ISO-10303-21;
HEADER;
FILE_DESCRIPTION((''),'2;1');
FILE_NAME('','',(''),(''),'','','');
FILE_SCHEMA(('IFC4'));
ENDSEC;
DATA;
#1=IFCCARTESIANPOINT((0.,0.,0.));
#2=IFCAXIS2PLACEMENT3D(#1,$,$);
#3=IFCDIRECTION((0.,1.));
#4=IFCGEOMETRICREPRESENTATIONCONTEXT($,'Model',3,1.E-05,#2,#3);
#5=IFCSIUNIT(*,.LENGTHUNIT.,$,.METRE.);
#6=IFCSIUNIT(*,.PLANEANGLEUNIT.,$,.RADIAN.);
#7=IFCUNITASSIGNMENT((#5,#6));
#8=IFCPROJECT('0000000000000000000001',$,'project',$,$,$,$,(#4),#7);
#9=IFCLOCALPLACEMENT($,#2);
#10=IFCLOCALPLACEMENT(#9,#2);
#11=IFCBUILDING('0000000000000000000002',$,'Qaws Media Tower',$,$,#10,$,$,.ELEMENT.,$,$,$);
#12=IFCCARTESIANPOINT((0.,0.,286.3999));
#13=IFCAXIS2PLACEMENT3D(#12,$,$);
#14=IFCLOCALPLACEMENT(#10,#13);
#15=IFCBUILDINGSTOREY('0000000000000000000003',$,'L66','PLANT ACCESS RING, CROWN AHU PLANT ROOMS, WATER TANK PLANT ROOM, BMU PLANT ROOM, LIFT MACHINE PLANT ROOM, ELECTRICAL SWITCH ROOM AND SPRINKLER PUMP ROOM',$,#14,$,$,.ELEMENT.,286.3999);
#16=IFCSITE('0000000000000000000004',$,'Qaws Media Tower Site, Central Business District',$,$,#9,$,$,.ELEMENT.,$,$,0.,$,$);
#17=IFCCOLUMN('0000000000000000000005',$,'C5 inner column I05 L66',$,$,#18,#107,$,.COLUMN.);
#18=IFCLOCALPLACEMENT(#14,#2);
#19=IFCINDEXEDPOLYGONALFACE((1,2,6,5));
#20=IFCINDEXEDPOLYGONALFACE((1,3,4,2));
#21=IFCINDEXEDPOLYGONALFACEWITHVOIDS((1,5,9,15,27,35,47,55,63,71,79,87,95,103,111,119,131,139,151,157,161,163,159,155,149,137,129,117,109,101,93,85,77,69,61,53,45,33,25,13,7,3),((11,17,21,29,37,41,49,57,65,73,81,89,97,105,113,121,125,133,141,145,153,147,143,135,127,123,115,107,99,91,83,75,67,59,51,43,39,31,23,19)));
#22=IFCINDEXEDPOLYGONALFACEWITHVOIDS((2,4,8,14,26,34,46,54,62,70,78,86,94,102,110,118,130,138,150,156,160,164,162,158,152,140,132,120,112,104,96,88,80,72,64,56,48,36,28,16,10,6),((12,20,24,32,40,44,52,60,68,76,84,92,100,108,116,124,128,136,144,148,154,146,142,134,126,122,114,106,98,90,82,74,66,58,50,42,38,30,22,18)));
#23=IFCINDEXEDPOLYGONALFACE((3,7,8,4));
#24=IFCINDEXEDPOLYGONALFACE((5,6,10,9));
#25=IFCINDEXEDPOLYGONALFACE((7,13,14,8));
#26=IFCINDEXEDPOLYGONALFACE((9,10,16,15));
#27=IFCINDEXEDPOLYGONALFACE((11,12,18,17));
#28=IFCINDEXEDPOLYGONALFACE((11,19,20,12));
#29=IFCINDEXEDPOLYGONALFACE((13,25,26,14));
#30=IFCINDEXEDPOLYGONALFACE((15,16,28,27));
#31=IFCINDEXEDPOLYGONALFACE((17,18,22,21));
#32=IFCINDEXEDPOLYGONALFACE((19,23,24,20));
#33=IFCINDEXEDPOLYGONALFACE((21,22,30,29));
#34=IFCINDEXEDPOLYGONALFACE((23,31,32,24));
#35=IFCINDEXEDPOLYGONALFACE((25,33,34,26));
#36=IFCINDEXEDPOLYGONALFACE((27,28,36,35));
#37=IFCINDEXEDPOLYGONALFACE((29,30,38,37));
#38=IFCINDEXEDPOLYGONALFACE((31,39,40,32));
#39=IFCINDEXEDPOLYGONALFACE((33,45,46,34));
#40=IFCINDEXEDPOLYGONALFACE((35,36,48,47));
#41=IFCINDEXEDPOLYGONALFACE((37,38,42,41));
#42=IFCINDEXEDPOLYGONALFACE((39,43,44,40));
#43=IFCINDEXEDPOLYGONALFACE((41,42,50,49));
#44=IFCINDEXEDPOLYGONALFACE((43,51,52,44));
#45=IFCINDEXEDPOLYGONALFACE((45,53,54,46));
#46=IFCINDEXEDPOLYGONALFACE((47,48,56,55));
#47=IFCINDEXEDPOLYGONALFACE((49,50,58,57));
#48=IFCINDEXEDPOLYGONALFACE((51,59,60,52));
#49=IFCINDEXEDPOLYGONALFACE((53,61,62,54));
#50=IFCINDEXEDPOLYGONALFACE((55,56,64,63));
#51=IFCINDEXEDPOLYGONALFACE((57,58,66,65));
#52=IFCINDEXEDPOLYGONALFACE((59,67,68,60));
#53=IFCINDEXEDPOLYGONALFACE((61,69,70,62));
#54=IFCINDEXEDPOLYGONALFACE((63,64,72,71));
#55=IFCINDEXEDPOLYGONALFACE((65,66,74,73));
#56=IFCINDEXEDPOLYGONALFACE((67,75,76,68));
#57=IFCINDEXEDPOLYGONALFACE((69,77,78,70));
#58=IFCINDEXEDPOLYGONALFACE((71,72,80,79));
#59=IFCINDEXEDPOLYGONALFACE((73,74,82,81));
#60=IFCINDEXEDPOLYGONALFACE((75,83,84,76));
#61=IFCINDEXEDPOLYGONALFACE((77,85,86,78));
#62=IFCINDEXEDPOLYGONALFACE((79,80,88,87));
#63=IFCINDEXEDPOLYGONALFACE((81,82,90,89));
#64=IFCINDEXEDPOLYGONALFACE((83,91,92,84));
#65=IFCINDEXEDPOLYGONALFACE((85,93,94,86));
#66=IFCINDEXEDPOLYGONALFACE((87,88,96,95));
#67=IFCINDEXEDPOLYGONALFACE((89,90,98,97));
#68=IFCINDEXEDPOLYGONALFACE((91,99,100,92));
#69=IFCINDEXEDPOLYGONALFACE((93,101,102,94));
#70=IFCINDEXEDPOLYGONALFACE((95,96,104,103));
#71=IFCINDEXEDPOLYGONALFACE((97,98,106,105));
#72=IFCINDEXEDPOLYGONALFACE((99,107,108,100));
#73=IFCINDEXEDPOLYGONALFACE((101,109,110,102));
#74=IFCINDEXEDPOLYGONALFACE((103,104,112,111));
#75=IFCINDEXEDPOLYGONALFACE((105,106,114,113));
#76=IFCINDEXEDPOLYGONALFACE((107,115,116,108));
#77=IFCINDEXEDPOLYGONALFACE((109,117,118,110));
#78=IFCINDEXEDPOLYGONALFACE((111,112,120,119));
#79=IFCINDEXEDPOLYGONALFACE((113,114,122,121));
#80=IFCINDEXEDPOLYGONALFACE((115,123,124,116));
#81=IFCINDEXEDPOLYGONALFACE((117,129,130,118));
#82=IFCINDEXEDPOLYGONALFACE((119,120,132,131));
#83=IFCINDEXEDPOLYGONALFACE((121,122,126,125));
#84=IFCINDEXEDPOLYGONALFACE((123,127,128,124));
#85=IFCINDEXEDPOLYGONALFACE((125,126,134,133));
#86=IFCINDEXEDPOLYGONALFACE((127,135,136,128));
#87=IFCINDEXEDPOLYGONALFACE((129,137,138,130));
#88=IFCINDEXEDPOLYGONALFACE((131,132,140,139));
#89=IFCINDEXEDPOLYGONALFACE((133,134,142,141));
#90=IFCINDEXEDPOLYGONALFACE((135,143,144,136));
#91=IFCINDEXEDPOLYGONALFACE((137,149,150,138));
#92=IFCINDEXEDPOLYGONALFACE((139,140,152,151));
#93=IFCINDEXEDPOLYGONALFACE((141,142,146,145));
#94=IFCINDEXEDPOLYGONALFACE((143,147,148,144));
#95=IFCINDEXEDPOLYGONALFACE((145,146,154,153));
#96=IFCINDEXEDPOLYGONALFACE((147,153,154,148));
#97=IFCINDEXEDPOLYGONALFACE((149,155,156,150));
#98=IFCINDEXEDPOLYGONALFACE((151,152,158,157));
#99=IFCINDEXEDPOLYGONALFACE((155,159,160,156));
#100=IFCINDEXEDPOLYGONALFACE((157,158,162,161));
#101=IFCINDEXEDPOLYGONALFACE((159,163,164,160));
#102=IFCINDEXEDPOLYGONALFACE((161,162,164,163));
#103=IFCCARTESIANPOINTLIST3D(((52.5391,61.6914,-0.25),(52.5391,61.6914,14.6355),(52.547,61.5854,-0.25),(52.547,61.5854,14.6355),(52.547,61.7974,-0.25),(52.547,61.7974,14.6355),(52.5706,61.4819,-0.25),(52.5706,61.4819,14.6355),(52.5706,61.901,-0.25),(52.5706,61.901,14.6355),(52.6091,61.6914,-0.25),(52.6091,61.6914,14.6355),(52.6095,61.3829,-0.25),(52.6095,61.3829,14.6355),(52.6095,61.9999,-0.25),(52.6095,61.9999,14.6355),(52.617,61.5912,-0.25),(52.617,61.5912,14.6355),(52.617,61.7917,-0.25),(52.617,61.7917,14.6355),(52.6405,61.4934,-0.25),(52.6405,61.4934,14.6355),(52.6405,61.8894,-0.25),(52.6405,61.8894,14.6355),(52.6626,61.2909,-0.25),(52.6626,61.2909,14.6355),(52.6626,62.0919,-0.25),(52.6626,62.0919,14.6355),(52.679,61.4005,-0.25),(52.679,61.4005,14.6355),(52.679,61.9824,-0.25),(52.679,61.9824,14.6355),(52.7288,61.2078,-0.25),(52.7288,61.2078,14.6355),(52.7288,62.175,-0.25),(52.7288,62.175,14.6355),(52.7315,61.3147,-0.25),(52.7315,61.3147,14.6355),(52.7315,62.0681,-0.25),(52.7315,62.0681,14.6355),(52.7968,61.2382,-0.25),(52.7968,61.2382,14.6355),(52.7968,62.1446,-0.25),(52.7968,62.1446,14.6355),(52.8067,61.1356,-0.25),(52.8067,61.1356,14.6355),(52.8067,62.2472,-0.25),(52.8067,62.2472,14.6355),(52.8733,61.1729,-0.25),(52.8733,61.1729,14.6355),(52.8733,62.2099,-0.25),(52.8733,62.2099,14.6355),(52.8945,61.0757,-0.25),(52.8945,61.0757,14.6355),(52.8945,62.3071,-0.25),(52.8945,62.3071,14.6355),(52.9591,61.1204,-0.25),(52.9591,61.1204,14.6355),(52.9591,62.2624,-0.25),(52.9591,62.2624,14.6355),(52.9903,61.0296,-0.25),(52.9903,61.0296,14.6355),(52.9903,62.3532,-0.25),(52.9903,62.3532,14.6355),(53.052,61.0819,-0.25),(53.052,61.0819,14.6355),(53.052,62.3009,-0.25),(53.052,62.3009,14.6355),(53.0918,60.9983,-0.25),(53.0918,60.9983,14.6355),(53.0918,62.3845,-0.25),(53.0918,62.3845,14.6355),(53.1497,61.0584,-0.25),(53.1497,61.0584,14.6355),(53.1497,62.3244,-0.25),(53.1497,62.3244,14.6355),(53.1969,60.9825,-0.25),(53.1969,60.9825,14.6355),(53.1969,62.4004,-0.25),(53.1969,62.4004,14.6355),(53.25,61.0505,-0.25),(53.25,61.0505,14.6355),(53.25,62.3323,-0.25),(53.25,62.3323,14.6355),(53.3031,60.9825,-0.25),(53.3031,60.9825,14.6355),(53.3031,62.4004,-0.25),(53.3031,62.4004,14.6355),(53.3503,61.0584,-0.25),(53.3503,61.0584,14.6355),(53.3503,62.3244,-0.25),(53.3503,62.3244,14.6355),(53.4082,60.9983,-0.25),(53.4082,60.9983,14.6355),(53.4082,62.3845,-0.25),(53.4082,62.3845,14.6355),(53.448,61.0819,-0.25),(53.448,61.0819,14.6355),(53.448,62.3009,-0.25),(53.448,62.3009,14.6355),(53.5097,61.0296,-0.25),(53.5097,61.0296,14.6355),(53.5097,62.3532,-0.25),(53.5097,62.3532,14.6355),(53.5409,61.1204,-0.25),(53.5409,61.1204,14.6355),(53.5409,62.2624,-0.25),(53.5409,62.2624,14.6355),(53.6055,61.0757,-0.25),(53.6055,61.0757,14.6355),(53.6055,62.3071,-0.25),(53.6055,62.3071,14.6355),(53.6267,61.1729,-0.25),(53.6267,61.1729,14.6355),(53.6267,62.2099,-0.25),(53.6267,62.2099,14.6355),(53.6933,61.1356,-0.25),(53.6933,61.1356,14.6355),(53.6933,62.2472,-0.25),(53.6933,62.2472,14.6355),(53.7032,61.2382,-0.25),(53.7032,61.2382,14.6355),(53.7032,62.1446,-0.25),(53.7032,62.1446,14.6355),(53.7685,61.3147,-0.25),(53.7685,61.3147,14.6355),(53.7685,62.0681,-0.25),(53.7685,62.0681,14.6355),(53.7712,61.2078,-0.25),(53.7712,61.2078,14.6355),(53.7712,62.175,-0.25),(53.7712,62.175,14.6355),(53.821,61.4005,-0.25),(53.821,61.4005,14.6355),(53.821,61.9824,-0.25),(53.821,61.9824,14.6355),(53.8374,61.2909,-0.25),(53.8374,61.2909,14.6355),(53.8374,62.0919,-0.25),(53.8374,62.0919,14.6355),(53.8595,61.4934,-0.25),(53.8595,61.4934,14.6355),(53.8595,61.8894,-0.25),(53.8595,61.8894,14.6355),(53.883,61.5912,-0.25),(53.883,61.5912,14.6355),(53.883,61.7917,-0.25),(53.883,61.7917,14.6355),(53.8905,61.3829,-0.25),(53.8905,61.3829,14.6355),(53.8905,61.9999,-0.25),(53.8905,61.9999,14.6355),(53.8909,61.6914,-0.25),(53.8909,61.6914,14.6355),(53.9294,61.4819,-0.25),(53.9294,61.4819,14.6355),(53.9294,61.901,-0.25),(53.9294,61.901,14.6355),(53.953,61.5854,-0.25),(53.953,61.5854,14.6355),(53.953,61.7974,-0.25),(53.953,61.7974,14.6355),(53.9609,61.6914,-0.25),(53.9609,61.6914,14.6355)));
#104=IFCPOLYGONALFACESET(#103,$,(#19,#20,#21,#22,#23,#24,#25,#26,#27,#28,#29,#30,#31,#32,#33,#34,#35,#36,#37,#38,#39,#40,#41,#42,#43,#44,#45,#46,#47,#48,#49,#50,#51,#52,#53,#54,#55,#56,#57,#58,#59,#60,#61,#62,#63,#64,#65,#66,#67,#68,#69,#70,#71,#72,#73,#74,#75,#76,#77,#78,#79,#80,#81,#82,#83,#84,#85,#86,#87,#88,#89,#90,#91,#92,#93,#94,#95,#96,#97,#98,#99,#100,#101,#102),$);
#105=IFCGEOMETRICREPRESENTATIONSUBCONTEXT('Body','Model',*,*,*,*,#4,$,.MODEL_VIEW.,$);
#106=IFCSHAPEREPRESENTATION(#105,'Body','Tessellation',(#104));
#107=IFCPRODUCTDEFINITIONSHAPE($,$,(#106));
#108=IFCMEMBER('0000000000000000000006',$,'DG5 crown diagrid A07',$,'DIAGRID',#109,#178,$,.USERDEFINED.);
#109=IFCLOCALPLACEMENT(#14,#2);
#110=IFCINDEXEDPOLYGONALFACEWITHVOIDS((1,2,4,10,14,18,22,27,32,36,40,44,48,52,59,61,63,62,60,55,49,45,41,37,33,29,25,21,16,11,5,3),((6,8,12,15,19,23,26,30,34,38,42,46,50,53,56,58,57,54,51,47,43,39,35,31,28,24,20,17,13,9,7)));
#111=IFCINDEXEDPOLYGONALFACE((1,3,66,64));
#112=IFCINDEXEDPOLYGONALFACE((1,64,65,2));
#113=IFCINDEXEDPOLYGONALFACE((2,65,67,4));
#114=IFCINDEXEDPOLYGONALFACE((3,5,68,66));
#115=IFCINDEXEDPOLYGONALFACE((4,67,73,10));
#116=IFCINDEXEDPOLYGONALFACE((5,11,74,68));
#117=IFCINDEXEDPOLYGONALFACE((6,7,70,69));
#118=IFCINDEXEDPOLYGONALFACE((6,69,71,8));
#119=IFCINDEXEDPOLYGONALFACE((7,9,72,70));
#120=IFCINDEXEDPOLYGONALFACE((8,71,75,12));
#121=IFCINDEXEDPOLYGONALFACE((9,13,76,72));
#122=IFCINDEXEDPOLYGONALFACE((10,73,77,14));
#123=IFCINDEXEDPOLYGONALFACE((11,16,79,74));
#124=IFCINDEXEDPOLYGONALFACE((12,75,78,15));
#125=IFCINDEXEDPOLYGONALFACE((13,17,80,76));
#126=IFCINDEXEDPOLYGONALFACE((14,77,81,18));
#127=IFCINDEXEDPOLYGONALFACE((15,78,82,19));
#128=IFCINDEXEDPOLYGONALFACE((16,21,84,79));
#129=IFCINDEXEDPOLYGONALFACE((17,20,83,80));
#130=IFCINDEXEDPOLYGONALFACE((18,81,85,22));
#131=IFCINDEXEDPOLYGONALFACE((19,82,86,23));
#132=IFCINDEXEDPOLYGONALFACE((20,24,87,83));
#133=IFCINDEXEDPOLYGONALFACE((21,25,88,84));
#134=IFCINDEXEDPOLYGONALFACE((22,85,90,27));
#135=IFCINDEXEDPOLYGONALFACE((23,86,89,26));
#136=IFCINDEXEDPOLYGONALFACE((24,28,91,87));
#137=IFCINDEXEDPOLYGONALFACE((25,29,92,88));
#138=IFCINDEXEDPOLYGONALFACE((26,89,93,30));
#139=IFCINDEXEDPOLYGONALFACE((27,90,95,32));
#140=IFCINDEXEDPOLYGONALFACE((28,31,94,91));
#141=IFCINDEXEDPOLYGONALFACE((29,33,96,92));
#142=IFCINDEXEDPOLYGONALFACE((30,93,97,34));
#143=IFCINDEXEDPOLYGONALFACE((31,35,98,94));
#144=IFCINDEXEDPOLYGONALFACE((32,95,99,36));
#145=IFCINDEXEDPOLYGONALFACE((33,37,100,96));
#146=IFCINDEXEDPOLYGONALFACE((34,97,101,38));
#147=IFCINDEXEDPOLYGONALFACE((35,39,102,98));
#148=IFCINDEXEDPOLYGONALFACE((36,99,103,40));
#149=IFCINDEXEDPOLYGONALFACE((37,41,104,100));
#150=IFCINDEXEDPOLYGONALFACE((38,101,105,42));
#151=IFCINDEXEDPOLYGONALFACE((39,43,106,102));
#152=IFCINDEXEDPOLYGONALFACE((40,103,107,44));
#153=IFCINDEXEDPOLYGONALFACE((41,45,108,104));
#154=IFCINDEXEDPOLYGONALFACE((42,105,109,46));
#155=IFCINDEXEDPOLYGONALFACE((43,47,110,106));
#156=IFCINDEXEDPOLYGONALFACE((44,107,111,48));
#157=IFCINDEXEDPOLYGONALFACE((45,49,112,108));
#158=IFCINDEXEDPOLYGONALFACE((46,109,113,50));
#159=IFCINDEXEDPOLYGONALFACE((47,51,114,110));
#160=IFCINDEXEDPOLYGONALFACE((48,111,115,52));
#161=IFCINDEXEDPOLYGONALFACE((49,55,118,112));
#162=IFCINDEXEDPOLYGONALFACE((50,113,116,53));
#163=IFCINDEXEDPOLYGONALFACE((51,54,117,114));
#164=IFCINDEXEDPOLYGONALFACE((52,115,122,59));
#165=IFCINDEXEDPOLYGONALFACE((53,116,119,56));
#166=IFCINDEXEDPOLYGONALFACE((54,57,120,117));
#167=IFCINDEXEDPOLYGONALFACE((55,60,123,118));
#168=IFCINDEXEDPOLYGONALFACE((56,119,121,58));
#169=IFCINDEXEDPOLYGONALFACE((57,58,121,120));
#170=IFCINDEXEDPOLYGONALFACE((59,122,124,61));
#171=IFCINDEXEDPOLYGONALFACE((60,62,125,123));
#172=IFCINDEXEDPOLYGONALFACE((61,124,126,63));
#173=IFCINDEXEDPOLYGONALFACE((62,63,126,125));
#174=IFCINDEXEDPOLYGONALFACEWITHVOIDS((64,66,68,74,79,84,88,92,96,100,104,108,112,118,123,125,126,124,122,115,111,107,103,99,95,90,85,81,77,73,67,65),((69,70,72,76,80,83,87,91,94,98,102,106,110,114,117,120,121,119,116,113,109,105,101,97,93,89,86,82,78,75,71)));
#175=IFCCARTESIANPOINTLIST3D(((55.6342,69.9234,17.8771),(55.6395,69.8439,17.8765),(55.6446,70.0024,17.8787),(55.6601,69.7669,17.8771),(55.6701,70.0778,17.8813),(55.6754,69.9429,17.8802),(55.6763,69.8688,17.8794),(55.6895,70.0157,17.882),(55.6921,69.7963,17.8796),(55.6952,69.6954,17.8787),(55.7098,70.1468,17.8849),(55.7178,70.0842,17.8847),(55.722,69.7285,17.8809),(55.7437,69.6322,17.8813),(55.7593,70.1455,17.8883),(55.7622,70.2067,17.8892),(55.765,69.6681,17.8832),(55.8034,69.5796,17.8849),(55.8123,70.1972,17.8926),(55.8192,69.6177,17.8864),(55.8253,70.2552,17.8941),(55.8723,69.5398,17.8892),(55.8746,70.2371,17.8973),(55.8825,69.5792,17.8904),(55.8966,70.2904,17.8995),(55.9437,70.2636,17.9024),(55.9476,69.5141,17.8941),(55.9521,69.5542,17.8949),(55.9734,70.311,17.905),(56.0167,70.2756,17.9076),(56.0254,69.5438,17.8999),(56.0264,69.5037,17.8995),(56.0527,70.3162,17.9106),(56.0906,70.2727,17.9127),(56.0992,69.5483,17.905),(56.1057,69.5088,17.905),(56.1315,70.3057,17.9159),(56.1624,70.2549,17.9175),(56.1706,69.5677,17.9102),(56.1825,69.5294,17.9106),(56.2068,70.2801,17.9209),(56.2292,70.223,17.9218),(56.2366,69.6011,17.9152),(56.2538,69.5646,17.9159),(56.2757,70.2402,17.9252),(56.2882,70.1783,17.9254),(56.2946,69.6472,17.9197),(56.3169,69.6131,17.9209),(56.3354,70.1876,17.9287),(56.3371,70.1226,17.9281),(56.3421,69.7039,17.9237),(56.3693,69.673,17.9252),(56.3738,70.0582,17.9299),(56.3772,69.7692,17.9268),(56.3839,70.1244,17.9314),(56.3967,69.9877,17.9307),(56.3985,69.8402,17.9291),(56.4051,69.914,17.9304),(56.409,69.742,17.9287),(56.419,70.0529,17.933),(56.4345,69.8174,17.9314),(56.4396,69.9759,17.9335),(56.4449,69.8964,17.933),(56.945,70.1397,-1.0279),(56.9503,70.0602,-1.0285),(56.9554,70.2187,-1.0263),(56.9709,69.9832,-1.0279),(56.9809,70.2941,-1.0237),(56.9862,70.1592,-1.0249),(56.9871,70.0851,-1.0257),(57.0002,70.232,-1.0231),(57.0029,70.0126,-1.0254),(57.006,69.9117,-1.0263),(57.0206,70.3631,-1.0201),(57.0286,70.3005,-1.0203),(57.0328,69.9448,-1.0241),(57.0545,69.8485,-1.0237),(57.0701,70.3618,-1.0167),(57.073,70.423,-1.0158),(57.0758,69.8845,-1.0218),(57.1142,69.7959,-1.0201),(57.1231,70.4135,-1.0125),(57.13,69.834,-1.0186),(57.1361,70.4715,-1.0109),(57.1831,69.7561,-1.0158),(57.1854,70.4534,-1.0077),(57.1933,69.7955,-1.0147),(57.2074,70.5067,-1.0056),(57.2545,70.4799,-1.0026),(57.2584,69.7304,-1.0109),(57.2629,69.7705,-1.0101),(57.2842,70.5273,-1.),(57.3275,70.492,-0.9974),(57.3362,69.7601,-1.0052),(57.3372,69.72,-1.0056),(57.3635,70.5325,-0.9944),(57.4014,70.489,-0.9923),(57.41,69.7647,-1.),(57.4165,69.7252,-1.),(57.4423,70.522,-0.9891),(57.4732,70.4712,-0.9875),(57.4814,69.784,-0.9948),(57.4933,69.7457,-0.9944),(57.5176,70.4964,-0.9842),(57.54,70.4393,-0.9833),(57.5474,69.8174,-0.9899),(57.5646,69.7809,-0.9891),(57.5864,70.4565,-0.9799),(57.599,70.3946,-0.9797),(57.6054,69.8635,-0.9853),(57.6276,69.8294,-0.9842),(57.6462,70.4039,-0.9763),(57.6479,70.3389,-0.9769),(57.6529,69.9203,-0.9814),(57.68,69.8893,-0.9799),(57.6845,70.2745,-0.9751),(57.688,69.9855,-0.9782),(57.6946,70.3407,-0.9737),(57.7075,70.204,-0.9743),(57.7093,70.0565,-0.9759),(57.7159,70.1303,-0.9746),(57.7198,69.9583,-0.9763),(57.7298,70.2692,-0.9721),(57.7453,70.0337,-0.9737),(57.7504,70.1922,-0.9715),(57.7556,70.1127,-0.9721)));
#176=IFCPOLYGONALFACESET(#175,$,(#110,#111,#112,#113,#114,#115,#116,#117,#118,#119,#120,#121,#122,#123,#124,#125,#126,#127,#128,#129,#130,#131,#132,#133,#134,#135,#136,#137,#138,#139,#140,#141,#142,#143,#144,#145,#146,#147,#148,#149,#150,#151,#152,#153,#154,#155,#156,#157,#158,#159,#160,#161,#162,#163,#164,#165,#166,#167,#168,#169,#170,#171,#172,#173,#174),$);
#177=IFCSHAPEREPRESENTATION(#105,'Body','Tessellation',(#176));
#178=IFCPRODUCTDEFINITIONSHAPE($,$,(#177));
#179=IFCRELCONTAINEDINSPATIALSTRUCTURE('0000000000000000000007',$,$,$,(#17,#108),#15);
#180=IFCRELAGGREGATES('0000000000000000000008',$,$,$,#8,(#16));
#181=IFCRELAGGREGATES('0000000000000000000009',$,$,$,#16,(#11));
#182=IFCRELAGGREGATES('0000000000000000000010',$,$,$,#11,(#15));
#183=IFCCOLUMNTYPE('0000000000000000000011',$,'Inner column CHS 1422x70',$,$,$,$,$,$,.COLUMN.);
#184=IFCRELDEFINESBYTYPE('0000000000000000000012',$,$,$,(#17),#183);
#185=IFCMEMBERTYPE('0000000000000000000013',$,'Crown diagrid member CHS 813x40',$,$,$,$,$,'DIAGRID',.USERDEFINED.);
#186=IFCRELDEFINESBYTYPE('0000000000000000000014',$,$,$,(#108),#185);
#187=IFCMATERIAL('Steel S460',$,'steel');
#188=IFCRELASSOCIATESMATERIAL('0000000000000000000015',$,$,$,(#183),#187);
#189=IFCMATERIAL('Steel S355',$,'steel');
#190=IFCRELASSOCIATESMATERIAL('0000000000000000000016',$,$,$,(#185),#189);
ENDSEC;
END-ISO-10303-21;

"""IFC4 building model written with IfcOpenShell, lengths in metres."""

from ifc_helpers import new_model, si_unit, direction, frame, origin, origin_2d, place, context, subcontext, project, spatial, hollow_circle, extrude, material, material_profile, profile_set, type_object, element, save


model = new_model("IFC4")

# Units and contexts
model_context = context("Model", 3, precision=1e-05, world=origin(), true_north=direction((0.0, 1.0)))
body_context = subcontext(model_context, "Body", "Model", "MODEL_VIEW")
ifc_project = project(units=[si_unit("LENGTHUNIT", "METRE"), si_unit("PLANEANGLEUNIT", "RADIAN")], contexts=[model_context])

# Site, building, storey
site_placement = place(None, origin())
site = spatial("IfcSite", under=ifc_project, at=site_placement, Name="Qaws Media Tower Site, Central Business District", CompositionType="ELEMENT", RefElevation=0.0)
building_placement = place(site_placement, origin())
building = spatial("IfcBuilding", under=site, at=building_placement, Name="Qaws Media Tower", CompositionType="ELEMENT")
storey_placement = place(building_placement, frame((0.0, 0.0, 286.3999)))
storey = spatial("IfcBuildingStorey", under=building, at=storey_placement, Name="L66", Description="PLANT ACCESS RING, CROWN AHU PLANT ROOMS, WATER TANK PLANT ROOM, BMU PLANT ROOM, LIFT MACHINE PLANT ROOM, ELECTRICAL SWITCH ROOM AND SPRINKLER PUMP ROOM", CompositionType="ELEMENT", Elevation=286.3999)

# Column
ifc_material_1 = material(Name="Steel S460", Category="steel")
ifc_material_profile_1 = material_profile(ifc_material_1, hollow_circle(Radius=0.7109, WallThickness=0.0701, at=origin_2d()), Name="CHS 1422x70")
ifc_profile_set_1 = profile_set([ifc_material_profile_1], Name="Steel S460")
column_type = type_object("IfcColumnType", Name="Inner column CHS 1422x70", PredefinedType="COLUMN", material=ifc_profile_set_1)
column_placement = place(storey_placement, frame((53.25, 61.6914, -0.25), z_axis=(0.0, 0.0, 1.0), x_axis=(1.0, 0.0, 0.0)))
element("IfcColumn", 1, at=column_placement, inside=storey, type_object=column_type, Name="C5 inner column I05 L66", PredefinedType="COLUMN", context=body_context, shape_type="SweptSolid", body=[
    extrude(hollow_circle(Radius=0.7109, WallThickness=0.0701, at=origin_2d()), origin(), (0.0, 0.0, 1.0), 14.8855),
])

# Member
ifc_material_2 = material(Name="Steel S355", Category="steel")
ifc_material_profile_2 = material_profile(ifc_material_2, hollow_circle(Radius=0.4065, WallThickness=0.04, at=origin_2d()), Name="CHS 813x40")
ifc_profile_set_2 = profile_set([ifc_material_profile_2], Name="Steel S355")
member_type = type_object("IfcMemberType", Name="Crown diagrid member CHS 813x40", ElementType="DIAGRID", PredefinedType="USERDEFINED", material=ifc_profile_set_2)
member_1_placement = place(storey_placement, frame((57.3503, 70.1262, -1.0), z_axis=(-0.069165, -0.011414, 0.99754), x_axis=(0.162819, -0.986656, 0.0)))
element("IfcMember", 2, at=member_1_placement, inside=storey, type_object=member_type, Name="DG5 crown diagrid A07", ObjectType="DIAGRID", PredefinedType="USERDEFINED", context=body_context, shape_type="SweptSolid", body=[
    extrude(hollow_circle(Radius=0.4065, WallThickness=0.04, at=origin_2d()), origin(), (0.0, 0.0, 1.0), 18.9517),
])

save(model, "model.ifc")
